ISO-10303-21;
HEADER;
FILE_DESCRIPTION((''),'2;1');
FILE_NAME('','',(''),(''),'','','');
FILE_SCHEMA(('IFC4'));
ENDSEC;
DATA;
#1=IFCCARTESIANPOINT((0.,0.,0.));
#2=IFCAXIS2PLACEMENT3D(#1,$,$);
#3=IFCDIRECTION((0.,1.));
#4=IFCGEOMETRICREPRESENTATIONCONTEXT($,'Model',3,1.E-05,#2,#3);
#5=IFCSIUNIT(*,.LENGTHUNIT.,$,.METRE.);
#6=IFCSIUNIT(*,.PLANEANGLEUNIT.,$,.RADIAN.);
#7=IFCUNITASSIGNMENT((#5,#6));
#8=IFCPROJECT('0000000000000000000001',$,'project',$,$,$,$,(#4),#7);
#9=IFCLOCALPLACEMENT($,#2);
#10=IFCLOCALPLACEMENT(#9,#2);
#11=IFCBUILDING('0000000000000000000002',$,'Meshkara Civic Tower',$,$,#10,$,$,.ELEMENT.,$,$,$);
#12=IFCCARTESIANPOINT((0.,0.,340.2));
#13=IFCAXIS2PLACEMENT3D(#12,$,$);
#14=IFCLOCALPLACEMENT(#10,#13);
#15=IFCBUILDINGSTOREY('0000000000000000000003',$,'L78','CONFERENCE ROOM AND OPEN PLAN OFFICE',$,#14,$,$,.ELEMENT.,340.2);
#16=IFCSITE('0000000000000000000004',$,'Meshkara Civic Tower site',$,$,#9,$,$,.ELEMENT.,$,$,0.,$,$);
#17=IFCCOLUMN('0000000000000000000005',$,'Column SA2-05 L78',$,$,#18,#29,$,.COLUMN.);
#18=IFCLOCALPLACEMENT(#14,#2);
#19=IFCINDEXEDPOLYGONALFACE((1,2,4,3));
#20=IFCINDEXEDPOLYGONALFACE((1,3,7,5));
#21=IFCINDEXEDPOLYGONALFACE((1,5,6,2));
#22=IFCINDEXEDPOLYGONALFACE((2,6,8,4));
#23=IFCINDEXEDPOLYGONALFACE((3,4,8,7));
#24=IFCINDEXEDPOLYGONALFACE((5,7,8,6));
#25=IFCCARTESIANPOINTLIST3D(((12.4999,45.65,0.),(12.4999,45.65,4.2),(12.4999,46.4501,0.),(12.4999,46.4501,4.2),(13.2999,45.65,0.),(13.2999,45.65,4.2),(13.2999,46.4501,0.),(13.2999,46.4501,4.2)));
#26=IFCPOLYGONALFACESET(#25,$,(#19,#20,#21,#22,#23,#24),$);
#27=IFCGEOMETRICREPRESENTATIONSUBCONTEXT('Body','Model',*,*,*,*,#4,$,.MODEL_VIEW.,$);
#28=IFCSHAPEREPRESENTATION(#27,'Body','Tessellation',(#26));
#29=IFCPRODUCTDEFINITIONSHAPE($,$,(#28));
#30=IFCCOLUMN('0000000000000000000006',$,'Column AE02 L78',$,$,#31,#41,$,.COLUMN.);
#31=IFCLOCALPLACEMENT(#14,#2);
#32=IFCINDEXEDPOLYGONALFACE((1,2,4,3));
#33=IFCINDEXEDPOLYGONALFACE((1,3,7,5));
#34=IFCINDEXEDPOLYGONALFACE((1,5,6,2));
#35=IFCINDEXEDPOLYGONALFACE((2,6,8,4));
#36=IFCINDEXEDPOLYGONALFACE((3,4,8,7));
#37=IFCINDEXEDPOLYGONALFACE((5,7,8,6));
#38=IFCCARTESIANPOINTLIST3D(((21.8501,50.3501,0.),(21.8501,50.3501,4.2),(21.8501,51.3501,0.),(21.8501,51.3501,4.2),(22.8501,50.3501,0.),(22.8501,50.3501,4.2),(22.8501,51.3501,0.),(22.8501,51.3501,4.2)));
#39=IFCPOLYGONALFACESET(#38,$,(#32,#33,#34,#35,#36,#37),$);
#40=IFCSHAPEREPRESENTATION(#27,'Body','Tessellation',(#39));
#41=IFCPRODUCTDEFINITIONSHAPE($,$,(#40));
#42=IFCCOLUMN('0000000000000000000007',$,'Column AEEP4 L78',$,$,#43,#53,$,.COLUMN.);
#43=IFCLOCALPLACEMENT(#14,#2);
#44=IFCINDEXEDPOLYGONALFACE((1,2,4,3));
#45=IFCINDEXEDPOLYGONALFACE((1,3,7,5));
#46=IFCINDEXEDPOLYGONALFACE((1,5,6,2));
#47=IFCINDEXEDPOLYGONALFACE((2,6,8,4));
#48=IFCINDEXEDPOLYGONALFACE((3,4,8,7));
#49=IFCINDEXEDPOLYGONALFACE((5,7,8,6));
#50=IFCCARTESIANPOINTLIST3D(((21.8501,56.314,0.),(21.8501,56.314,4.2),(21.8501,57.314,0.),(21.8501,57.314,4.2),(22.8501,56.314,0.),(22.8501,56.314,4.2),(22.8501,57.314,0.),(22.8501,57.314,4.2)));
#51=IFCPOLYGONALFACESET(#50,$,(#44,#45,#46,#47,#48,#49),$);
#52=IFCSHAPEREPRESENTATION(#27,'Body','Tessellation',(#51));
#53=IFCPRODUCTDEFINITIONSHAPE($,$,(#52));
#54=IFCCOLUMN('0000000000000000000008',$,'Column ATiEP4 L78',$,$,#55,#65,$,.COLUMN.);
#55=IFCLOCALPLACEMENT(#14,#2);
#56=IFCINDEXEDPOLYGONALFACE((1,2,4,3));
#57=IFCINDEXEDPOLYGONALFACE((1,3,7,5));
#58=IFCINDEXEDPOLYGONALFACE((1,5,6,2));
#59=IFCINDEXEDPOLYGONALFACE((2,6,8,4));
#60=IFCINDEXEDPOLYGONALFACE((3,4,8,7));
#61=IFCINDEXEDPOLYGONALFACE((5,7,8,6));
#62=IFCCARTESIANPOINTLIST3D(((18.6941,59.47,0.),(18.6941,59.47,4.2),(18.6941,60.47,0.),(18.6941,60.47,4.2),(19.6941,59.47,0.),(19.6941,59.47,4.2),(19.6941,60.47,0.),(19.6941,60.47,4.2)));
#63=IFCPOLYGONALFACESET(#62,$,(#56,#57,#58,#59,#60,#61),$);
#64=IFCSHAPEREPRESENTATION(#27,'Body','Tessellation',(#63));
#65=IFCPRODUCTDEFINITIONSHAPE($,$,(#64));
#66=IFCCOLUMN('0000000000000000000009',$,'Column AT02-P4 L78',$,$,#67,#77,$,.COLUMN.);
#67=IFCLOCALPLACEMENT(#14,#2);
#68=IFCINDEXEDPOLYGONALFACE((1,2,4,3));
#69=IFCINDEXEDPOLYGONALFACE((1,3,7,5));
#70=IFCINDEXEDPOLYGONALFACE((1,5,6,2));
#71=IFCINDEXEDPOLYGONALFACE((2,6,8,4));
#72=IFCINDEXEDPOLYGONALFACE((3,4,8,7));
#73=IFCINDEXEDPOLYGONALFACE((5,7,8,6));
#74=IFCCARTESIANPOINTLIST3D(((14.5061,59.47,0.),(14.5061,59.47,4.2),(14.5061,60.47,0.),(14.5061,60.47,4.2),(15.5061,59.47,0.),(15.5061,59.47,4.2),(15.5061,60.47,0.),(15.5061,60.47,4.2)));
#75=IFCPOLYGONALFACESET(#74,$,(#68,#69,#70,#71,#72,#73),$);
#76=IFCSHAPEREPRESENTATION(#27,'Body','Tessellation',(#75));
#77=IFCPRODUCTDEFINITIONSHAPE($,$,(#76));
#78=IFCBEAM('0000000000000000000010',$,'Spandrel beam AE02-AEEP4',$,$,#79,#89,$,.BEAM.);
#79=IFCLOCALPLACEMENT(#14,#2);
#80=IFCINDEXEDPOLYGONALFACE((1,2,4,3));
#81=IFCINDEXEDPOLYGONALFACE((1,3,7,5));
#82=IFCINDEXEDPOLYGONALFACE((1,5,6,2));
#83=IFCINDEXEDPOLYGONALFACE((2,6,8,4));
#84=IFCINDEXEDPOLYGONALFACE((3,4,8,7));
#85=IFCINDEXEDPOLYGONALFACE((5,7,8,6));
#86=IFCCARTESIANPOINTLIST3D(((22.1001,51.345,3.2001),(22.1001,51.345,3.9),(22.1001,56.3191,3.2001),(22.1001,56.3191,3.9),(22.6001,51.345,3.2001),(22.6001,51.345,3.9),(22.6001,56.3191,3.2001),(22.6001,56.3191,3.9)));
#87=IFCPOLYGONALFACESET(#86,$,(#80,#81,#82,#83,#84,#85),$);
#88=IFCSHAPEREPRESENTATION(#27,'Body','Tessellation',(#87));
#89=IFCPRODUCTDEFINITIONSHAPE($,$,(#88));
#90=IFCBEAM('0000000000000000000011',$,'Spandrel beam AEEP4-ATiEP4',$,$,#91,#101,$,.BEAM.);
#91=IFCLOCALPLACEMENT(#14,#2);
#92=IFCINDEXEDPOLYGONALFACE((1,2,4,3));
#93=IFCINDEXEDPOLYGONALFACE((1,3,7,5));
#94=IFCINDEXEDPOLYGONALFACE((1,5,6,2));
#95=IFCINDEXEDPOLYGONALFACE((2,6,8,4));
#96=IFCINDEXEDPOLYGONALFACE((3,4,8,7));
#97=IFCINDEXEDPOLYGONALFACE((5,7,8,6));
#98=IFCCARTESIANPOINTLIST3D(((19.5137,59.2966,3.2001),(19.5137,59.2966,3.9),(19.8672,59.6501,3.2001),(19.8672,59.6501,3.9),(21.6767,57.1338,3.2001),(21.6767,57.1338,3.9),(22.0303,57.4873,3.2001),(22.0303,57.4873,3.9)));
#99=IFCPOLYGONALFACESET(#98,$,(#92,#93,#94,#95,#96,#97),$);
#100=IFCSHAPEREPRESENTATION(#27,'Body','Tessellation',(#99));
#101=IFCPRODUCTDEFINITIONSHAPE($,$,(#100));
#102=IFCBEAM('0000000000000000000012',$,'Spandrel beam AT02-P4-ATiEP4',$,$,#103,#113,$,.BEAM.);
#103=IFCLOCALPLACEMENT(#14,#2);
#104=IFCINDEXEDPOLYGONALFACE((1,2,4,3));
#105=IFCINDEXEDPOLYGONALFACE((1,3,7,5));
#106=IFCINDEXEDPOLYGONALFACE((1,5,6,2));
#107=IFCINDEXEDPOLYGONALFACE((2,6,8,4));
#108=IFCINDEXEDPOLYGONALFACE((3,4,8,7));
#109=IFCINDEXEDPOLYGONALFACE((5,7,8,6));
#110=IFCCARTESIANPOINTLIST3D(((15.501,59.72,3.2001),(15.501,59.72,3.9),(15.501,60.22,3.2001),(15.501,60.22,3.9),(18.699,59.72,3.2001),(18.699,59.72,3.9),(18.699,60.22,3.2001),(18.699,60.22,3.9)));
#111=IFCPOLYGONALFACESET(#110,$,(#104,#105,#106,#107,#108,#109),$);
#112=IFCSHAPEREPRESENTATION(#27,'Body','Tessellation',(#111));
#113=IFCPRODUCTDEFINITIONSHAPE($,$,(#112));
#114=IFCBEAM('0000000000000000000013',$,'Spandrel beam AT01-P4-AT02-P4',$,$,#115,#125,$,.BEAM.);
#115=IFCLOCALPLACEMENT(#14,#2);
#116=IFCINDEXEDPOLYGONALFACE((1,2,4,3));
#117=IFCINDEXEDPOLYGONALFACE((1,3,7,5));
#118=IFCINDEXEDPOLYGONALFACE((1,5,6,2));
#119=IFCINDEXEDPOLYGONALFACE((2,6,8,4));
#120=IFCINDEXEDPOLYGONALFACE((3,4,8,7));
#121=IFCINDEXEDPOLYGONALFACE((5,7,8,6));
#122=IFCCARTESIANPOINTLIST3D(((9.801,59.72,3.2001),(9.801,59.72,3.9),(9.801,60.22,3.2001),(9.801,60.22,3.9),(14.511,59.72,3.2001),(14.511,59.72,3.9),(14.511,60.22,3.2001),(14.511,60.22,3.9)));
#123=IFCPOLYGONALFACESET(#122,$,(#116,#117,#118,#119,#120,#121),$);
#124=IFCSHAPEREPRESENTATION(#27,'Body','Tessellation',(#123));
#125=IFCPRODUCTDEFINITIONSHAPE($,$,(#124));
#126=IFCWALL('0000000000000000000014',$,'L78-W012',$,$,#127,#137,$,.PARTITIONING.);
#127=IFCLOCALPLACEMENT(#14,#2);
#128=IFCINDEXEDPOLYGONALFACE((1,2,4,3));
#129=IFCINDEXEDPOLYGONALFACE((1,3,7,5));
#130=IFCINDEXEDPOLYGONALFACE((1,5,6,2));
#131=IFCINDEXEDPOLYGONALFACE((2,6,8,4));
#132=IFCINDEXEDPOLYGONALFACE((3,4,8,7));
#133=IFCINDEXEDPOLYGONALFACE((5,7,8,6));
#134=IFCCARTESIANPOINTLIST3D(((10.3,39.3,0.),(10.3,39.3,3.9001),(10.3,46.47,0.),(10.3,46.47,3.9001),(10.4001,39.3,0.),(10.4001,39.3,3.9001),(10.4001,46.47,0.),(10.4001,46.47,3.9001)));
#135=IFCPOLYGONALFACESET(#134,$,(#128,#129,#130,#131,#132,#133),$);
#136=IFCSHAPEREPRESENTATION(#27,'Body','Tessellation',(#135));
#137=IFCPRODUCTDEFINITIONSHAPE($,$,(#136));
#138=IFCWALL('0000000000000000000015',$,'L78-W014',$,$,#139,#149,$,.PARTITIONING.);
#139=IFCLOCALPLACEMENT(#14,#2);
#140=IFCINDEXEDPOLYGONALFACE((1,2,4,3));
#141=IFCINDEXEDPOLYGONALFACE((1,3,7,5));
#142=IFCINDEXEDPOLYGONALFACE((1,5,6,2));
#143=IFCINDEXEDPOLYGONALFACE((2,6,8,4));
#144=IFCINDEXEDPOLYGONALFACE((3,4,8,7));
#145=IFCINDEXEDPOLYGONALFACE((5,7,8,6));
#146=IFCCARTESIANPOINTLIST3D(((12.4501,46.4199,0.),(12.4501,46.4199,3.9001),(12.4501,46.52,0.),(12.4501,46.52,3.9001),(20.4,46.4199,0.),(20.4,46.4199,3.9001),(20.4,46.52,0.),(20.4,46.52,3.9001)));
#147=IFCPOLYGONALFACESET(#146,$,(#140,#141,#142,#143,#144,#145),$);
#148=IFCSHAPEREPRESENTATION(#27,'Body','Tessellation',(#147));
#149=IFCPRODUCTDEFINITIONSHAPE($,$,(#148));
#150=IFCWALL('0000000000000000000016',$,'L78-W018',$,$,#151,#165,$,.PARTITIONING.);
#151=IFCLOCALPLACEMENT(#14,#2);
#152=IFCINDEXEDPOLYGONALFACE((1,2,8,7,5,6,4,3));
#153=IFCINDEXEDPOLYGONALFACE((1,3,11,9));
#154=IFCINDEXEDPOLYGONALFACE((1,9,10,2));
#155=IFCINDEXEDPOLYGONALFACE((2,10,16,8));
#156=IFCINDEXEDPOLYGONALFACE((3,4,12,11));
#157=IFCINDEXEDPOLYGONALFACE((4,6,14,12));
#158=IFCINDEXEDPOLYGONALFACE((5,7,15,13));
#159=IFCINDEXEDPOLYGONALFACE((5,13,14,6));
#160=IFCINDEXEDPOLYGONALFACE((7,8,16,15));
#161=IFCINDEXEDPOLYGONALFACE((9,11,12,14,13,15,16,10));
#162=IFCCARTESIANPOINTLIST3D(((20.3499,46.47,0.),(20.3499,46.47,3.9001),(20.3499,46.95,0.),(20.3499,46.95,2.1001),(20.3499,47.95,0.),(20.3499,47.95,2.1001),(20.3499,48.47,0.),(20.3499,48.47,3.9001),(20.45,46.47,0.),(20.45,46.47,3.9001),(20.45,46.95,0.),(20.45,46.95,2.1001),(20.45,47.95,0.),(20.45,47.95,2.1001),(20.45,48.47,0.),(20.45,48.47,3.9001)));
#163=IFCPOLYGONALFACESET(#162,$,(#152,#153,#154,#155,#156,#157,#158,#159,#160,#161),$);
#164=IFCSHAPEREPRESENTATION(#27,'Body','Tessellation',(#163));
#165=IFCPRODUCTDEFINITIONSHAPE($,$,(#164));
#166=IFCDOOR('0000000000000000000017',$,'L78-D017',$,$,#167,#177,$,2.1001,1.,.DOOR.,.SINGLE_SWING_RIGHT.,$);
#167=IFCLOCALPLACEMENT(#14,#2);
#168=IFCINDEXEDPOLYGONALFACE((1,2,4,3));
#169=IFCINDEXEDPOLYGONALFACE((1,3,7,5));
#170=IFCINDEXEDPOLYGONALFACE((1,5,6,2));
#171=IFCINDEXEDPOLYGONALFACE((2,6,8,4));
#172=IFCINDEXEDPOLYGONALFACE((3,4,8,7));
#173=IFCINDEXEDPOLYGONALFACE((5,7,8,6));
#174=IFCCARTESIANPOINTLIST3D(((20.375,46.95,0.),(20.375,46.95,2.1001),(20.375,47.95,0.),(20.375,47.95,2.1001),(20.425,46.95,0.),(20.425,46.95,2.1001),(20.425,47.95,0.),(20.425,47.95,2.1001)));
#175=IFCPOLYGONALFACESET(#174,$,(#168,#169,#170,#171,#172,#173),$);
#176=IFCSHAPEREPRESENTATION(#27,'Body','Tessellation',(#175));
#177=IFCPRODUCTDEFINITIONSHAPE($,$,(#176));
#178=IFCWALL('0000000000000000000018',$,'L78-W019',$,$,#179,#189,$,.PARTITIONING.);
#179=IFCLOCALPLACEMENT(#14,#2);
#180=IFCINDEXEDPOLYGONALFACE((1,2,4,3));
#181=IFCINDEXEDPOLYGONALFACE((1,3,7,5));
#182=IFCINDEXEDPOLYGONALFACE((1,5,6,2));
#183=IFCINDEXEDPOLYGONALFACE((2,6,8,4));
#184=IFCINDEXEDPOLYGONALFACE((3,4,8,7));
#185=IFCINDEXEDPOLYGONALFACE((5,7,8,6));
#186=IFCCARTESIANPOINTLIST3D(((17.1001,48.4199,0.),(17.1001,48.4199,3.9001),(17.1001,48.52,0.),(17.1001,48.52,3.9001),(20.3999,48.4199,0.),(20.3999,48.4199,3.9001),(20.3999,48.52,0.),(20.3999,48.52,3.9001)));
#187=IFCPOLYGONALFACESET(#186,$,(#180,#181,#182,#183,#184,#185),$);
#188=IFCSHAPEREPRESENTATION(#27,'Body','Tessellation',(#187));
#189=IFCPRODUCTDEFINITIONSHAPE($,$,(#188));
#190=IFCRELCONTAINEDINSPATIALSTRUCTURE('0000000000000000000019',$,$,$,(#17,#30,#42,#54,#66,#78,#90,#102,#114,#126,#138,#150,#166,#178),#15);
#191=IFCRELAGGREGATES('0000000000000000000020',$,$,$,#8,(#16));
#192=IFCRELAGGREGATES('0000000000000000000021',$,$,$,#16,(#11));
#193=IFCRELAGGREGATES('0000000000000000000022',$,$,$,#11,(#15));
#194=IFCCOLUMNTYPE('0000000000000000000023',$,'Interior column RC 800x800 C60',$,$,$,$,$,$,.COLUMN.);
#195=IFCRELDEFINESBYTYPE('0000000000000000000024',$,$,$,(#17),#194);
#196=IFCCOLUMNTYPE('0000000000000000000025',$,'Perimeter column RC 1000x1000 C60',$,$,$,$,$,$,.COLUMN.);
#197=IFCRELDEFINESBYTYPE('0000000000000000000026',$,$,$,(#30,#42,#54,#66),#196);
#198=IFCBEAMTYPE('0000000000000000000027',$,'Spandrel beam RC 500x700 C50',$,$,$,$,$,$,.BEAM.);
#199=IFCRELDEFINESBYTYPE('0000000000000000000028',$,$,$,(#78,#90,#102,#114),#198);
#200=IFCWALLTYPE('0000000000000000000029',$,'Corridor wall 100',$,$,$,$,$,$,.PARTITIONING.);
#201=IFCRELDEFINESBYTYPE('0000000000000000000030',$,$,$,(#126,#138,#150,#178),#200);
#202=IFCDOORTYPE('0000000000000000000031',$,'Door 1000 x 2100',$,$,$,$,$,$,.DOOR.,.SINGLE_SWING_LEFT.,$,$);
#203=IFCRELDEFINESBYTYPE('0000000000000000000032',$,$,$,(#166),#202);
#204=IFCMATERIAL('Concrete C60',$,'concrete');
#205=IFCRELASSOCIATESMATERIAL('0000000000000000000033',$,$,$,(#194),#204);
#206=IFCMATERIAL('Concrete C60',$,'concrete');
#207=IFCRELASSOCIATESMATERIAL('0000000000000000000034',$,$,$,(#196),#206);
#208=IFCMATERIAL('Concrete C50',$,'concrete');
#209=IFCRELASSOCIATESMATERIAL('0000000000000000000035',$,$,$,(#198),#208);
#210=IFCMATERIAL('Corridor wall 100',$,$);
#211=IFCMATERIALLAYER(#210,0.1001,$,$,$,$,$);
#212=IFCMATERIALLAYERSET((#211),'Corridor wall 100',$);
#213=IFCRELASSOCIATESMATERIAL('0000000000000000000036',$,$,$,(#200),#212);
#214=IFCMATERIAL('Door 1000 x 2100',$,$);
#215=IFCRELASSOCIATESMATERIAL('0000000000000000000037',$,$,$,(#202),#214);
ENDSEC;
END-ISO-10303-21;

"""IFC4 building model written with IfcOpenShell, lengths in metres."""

from ifc_helpers import new_model, si_unit, direction, frame, frame_2d, origin, origin_2d, place, context, subcontext, project, spatial, rectangle, extrude, material, layer, layer_set, material_profile, profile_set, type_object, element, fill, save


model = new_model("IFC4")

# Units and contexts
model_context = context("Model", 3, precision=1e-05, world=origin(), true_north=direction((0.0, 1.0)))
body_context = subcontext(model_context, "Body", "Model", "MODEL_VIEW")
ifc_project = project(units=[si_unit("LENGTHUNIT", "METRE"), si_unit("PLANEANGLEUNIT", "RADIAN")], contexts=[model_context])

# Site, building, storey
site_placement = place(None, origin())
site = spatial("IfcSite", under=ifc_project, at=site_placement, Name="Meshkara Civic Tower site", CompositionType="ELEMENT", RefElevation=0.0)
building_placement = place(site_placement, origin())
building = spatial("IfcBuilding", under=site, at=building_placement, Name="Meshkara Civic Tower", CompositionType="ELEMENT")
storey_placement = place(building_placement, frame((0.0, 0.0, 340.2)))
storey = spatial("IfcBuildingStorey", under=building, at=storey_placement, Name="L78", Description="CONFERENCE ROOM AND OPEN PLAN OFFICE", CompositionType="ELEMENT", Elevation=340.2)

# Columns
ifc_material_1 = material(Name="Concrete C60", Category="concrete")
ifc_material_profile_1 = material_profile(ifc_material_1, rectangle(XDim=0.8, YDim=0.8, at=origin_2d()))
ifc_profile_set_1 = profile_set([ifc_material_profile_1], Name="Concrete C60")
column_type_1 = type_object("IfcColumnType", Name="Interior column RC 800x800 C60", PredefinedType="COLUMN", material=ifc_profile_set_1)
column_placement = place(storey_placement, frame((12.8999, 46.05, 0.0), z_axis=(0.0, 0.0, 1.0), x_axis=(1.0, 0.0, 0.0)))
element("IfcColumn", 1, at=column_placement, inside=storey, type_object=column_type_1, Name="Column SA2-05 L78", PredefinedType="COLUMN", context=body_context, shape_type="SweptSolid", body=[
    extrude(rectangle(XDim=0.8, YDim=0.8, at=origin_2d()), origin(), (0.0, 0.0, 1.0), 4.2),
])
ifc_material_2 = material(Name="Concrete C60", Category="concrete")
ifc_material_profile_2 = material_profile(ifc_material_2, rectangle(XDim=1.0, YDim=1.0, at=origin_2d()))
ifc_profile_set_2 = profile_set([ifc_material_profile_2], Name="Concrete C60")
column_type_2 = type_object("IfcColumnType", Name="Perimeter column RC 1000x1000 C60", PredefinedType="COLUMN", material=ifc_profile_set_2)
for number, where, z_axis, x_axis, name in (
    (2, (22.3501, 50.8501, 0.0), (0.0, 0.0, 1.0), (1.0, 0.0, 0.0), "Column AE02 L78"),
    (3, (22.3501, 56.814, 0.0), (0.0, 0.0, 1.0), (1.0, 0.0, 0.0), "Column AEEP4 L78"),
    (4, (19.1941, 59.97, 0.0), (0.0, 0.0, 1.0), (1.0, 0.0, 0.0), "Column ATiEP4 L78"),
    (5, (15.0061, 59.97, 0.0), (0.0, 0.0, 1.0), (1.0, 0.0, 0.0), "Column AT02-P4 L78"),
):
    element("IfcColumn", number, at=place(storey_placement, frame(where, z_axis=z_axis, x_axis=x_axis)), inside=storey, type_object=column_type_2, Name=name, PredefinedType="COLUMN", context=body_context, shape_type="SweptSolid", body=[
        extrude(rectangle(XDim=1.0, YDim=1.0, at=origin_2d()), origin(), (0.0, 0.0, 1.0), 4.2),
    ])

# Beams
ifc_material_3 = material(Name="Concrete C50", Category="concrete")
ifc_material_profile_3 = material_profile(ifc_material_3, rectangle(XDim=0.5, YDim=0.7, at=origin_2d()))
ifc_profile_set_3 = profile_set([ifc_material_profile_3], Name="Concrete C50")
beam_type = type_object("IfcBeamType", Name="Spandrel beam RC 500x700 C50", PredefinedType="BEAM", material=ifc_profile_set_3)
beam_1_placement = place(storey_placement, frame((22.3501, 51.345, 3.55), z_axis=(0.0, 1.0, 0.0), x_axis=(-1.0, 0.0, 0.0)))
element("IfcBeam", 6, at=beam_1_placement, inside=storey, type_object=beam_type, Name="Spandrel beam AE02-AEEP4", PredefinedType="BEAM", context=body_context, shape_type="SweptSolid", body=[
    extrude(rectangle(XDim=0.5, YDim=0.7, at=origin_2d()), origin(), (0.0, 0.0, 1.0), 4.9741),
])
beam_2_placement = place(storey_placement, frame((21.8535, 57.3105, 3.55), z_axis=(-0.707147, 0.707067, 0.0), x_axis=(-0.707067, -0.707147, 0.0)))
element("IfcBeam", 7, at=beam_2_placement, inside=storey, type_object=beam_type, Name="Spandrel beam AEEP4-ATiEP4", PredefinedType="BEAM", context=body_context, shape_type="SweptSolid", body=[
    extrude(rectangle(XDim=0.5, YDim=0.7, at=origin_2d()), origin(), (0.0, 0.0, 1.0), 3.0588),
])
beam_3_placement = place(storey_placement, frame((18.699, 59.97, 3.55), z_axis=(-1.0, 0.0, 0.0), x_axis=(0.0, -1.0, 0.0)))
element("IfcBeam", 8, at=beam_3_placement, inside=storey, type_object=beam_type, Name="Spandrel beam AT02-P4-ATiEP4", PredefinedType="BEAM", context=body_context, shape_type="SweptSolid", body=[
    extrude(rectangle(XDim=0.5, YDim=0.7, at=origin_2d()), origin(), (0.0, 0.0, 1.0), 3.198),
])
beam_4_placement = place(storey_placement, frame((14.511, 59.97, 3.55), z_axis=(-1.0, 0.0, 0.0), x_axis=(0.0, -1.0, 0.0)))
element("IfcBeam", 9, at=beam_4_placement, inside=storey, type_object=beam_type, Name="Spandrel beam AT01-P4-AT02-P4", PredefinedType="BEAM", context=body_context, shape_type="SweptSolid", body=[
    extrude(rectangle(XDim=0.5, YDim=0.7, at=origin_2d()), origin(), (0.0, 0.0, 1.0), 4.71),
])

# Walls
ifc_material_4 = material(Name="Corridor wall 100")
ifc_layer_1 = layer(ifc_material_4, 0.1001)
ifc_layer_set_1 = layer_set([ifc_layer_1], Name="Corridor wall 100")
wall_type_1 = type_object("IfcWallType", Name="Corridor wall 100", PredefinedType="PARTITIONING", material=ifc_layer_set_1)
wall_1_placement = place(storey_placement, frame((10.3501, 46.47, 0.0), z_axis=(0.0, 0.0, 1.0), x_axis=(0.0, -1.0, 0.0)))
element("IfcWall", 10, at=wall_1_placement, inside=storey, type_object=wall_type_1, Name="L78-W012", PredefinedType="PARTITIONING", context=body_context, shape_type="SweptSolid", body=[
    extrude(rectangle(XDim=7.1699, YDim=0.1001, at=frame_2d((3.585, 0.0))), origin(), (0.0, 0.0, 1.0), 3.9001),
])
wall_2_placement = place(storey_placement, frame((12.45, 46.47, 0.0), z_axis=(0.0, 0.0, 1.0), x_axis=(1.0, 0.0, 0.0)))
element("IfcWall", 11, at=wall_2_placement, inside=storey, type_object=wall_type_1, Name="L78-W014", PredefinedType="PARTITIONING", context=body_context, shape_type="SweptSolid", body=[
    extrude(rectangle(XDim=7.95, YDim=0.1001, at=frame_2d((3.9751, 0.0))), origin(), (0.0, 0.0, 1.0), 3.9001),
])

# Wall, opening, door
wall_3_placement = place(storey_placement, frame((20.3999, 46.47, 0.0), z_axis=(0.0, 0.0, 1.0), x_axis=(0.0, 1.0, 0.0)))
wall_3 = element("IfcWall", 12, at=wall_3_placement, inside=storey, type_object=wall_type_1, Name="L78-W018", PredefinedType="PARTITIONING", context=body_context, shape_type="SweptSolid", body=[
    extrude(rectangle(XDim=2.0, YDim=0.1001, at=frame_2d((1.0, 0.0))), origin(), (0.0, 0.0, 1.0), 3.9001),
])
opening_1_placement = place(wall_3_placement, frame((0.48, 0.0, 0.0)))
opening_1 = element("IfcOpeningElement", 13, at=opening_1_placement, cuts=wall_3, PredefinedType="OPENING", context=body_context, shape_type="SweptSolid", body=[
    extrude(rectangle(XDim=1.0, YDim=2.1001, at=frame_2d((0.5, 1.05))), frame((0.0, 0.0601, 0.0), z_axis=(0.0, -1.0, 0.0), x_axis=(1.0, 0.0, 0.0)), (0.0, 0.0, 1.0), 0.1201),
])
ifc_material_5 = material(Name="Door 1000 x 2100")
door_type = type_object("IfcDoorType", Name="Door 1000 x 2100", OperationType="SINGLE_SWING_LEFT", PredefinedType="DOOR", material=ifc_material_5)
door_placement = place(opening_1_placement, origin())
door = element("IfcDoor", 14, at=door_placement, inside=storey, type_object=door_type, Name="L78-D017", OperationType="SINGLE_SWING_RIGHT", OverallHeight=2.1001, OverallWidth=1.0, PredefinedType="DOOR", context=body_context, shape_type="SweptSolid", body=[
    extrude(rectangle(XDim=1.0, YDim=2.1001, at=frame_2d((0.5, 1.05))), frame((0.0, 0.0249, 0.0), z_axis=(0.0, -1.0, 0.0), x_axis=(1.0, 0.0, 0.0)), (0.0, 0.0, 1.0), 0.05),
])
fill(opening_1, door)

# Wall
wall_4_placement = place(storey_placement, frame((20.3999, 48.47, 0.0), z_axis=(0.0, 0.0, 1.0), x_axis=(-1.0, 0.0, 0.0)))
element("IfcWall", 15, at=wall_4_placement, inside=storey, type_object=wall_type_1, Name="L78-W019", PredefinedType="PARTITIONING", context=body_context, shape_type="SweptSolid", body=[
    extrude(rectangle(XDim=3.2998, YDim=0.1001, at=frame_2d((1.6499, 0.0))), origin(), (0.0, 0.0, 1.0), 3.9001),
])

save(model, "model.ifc")
